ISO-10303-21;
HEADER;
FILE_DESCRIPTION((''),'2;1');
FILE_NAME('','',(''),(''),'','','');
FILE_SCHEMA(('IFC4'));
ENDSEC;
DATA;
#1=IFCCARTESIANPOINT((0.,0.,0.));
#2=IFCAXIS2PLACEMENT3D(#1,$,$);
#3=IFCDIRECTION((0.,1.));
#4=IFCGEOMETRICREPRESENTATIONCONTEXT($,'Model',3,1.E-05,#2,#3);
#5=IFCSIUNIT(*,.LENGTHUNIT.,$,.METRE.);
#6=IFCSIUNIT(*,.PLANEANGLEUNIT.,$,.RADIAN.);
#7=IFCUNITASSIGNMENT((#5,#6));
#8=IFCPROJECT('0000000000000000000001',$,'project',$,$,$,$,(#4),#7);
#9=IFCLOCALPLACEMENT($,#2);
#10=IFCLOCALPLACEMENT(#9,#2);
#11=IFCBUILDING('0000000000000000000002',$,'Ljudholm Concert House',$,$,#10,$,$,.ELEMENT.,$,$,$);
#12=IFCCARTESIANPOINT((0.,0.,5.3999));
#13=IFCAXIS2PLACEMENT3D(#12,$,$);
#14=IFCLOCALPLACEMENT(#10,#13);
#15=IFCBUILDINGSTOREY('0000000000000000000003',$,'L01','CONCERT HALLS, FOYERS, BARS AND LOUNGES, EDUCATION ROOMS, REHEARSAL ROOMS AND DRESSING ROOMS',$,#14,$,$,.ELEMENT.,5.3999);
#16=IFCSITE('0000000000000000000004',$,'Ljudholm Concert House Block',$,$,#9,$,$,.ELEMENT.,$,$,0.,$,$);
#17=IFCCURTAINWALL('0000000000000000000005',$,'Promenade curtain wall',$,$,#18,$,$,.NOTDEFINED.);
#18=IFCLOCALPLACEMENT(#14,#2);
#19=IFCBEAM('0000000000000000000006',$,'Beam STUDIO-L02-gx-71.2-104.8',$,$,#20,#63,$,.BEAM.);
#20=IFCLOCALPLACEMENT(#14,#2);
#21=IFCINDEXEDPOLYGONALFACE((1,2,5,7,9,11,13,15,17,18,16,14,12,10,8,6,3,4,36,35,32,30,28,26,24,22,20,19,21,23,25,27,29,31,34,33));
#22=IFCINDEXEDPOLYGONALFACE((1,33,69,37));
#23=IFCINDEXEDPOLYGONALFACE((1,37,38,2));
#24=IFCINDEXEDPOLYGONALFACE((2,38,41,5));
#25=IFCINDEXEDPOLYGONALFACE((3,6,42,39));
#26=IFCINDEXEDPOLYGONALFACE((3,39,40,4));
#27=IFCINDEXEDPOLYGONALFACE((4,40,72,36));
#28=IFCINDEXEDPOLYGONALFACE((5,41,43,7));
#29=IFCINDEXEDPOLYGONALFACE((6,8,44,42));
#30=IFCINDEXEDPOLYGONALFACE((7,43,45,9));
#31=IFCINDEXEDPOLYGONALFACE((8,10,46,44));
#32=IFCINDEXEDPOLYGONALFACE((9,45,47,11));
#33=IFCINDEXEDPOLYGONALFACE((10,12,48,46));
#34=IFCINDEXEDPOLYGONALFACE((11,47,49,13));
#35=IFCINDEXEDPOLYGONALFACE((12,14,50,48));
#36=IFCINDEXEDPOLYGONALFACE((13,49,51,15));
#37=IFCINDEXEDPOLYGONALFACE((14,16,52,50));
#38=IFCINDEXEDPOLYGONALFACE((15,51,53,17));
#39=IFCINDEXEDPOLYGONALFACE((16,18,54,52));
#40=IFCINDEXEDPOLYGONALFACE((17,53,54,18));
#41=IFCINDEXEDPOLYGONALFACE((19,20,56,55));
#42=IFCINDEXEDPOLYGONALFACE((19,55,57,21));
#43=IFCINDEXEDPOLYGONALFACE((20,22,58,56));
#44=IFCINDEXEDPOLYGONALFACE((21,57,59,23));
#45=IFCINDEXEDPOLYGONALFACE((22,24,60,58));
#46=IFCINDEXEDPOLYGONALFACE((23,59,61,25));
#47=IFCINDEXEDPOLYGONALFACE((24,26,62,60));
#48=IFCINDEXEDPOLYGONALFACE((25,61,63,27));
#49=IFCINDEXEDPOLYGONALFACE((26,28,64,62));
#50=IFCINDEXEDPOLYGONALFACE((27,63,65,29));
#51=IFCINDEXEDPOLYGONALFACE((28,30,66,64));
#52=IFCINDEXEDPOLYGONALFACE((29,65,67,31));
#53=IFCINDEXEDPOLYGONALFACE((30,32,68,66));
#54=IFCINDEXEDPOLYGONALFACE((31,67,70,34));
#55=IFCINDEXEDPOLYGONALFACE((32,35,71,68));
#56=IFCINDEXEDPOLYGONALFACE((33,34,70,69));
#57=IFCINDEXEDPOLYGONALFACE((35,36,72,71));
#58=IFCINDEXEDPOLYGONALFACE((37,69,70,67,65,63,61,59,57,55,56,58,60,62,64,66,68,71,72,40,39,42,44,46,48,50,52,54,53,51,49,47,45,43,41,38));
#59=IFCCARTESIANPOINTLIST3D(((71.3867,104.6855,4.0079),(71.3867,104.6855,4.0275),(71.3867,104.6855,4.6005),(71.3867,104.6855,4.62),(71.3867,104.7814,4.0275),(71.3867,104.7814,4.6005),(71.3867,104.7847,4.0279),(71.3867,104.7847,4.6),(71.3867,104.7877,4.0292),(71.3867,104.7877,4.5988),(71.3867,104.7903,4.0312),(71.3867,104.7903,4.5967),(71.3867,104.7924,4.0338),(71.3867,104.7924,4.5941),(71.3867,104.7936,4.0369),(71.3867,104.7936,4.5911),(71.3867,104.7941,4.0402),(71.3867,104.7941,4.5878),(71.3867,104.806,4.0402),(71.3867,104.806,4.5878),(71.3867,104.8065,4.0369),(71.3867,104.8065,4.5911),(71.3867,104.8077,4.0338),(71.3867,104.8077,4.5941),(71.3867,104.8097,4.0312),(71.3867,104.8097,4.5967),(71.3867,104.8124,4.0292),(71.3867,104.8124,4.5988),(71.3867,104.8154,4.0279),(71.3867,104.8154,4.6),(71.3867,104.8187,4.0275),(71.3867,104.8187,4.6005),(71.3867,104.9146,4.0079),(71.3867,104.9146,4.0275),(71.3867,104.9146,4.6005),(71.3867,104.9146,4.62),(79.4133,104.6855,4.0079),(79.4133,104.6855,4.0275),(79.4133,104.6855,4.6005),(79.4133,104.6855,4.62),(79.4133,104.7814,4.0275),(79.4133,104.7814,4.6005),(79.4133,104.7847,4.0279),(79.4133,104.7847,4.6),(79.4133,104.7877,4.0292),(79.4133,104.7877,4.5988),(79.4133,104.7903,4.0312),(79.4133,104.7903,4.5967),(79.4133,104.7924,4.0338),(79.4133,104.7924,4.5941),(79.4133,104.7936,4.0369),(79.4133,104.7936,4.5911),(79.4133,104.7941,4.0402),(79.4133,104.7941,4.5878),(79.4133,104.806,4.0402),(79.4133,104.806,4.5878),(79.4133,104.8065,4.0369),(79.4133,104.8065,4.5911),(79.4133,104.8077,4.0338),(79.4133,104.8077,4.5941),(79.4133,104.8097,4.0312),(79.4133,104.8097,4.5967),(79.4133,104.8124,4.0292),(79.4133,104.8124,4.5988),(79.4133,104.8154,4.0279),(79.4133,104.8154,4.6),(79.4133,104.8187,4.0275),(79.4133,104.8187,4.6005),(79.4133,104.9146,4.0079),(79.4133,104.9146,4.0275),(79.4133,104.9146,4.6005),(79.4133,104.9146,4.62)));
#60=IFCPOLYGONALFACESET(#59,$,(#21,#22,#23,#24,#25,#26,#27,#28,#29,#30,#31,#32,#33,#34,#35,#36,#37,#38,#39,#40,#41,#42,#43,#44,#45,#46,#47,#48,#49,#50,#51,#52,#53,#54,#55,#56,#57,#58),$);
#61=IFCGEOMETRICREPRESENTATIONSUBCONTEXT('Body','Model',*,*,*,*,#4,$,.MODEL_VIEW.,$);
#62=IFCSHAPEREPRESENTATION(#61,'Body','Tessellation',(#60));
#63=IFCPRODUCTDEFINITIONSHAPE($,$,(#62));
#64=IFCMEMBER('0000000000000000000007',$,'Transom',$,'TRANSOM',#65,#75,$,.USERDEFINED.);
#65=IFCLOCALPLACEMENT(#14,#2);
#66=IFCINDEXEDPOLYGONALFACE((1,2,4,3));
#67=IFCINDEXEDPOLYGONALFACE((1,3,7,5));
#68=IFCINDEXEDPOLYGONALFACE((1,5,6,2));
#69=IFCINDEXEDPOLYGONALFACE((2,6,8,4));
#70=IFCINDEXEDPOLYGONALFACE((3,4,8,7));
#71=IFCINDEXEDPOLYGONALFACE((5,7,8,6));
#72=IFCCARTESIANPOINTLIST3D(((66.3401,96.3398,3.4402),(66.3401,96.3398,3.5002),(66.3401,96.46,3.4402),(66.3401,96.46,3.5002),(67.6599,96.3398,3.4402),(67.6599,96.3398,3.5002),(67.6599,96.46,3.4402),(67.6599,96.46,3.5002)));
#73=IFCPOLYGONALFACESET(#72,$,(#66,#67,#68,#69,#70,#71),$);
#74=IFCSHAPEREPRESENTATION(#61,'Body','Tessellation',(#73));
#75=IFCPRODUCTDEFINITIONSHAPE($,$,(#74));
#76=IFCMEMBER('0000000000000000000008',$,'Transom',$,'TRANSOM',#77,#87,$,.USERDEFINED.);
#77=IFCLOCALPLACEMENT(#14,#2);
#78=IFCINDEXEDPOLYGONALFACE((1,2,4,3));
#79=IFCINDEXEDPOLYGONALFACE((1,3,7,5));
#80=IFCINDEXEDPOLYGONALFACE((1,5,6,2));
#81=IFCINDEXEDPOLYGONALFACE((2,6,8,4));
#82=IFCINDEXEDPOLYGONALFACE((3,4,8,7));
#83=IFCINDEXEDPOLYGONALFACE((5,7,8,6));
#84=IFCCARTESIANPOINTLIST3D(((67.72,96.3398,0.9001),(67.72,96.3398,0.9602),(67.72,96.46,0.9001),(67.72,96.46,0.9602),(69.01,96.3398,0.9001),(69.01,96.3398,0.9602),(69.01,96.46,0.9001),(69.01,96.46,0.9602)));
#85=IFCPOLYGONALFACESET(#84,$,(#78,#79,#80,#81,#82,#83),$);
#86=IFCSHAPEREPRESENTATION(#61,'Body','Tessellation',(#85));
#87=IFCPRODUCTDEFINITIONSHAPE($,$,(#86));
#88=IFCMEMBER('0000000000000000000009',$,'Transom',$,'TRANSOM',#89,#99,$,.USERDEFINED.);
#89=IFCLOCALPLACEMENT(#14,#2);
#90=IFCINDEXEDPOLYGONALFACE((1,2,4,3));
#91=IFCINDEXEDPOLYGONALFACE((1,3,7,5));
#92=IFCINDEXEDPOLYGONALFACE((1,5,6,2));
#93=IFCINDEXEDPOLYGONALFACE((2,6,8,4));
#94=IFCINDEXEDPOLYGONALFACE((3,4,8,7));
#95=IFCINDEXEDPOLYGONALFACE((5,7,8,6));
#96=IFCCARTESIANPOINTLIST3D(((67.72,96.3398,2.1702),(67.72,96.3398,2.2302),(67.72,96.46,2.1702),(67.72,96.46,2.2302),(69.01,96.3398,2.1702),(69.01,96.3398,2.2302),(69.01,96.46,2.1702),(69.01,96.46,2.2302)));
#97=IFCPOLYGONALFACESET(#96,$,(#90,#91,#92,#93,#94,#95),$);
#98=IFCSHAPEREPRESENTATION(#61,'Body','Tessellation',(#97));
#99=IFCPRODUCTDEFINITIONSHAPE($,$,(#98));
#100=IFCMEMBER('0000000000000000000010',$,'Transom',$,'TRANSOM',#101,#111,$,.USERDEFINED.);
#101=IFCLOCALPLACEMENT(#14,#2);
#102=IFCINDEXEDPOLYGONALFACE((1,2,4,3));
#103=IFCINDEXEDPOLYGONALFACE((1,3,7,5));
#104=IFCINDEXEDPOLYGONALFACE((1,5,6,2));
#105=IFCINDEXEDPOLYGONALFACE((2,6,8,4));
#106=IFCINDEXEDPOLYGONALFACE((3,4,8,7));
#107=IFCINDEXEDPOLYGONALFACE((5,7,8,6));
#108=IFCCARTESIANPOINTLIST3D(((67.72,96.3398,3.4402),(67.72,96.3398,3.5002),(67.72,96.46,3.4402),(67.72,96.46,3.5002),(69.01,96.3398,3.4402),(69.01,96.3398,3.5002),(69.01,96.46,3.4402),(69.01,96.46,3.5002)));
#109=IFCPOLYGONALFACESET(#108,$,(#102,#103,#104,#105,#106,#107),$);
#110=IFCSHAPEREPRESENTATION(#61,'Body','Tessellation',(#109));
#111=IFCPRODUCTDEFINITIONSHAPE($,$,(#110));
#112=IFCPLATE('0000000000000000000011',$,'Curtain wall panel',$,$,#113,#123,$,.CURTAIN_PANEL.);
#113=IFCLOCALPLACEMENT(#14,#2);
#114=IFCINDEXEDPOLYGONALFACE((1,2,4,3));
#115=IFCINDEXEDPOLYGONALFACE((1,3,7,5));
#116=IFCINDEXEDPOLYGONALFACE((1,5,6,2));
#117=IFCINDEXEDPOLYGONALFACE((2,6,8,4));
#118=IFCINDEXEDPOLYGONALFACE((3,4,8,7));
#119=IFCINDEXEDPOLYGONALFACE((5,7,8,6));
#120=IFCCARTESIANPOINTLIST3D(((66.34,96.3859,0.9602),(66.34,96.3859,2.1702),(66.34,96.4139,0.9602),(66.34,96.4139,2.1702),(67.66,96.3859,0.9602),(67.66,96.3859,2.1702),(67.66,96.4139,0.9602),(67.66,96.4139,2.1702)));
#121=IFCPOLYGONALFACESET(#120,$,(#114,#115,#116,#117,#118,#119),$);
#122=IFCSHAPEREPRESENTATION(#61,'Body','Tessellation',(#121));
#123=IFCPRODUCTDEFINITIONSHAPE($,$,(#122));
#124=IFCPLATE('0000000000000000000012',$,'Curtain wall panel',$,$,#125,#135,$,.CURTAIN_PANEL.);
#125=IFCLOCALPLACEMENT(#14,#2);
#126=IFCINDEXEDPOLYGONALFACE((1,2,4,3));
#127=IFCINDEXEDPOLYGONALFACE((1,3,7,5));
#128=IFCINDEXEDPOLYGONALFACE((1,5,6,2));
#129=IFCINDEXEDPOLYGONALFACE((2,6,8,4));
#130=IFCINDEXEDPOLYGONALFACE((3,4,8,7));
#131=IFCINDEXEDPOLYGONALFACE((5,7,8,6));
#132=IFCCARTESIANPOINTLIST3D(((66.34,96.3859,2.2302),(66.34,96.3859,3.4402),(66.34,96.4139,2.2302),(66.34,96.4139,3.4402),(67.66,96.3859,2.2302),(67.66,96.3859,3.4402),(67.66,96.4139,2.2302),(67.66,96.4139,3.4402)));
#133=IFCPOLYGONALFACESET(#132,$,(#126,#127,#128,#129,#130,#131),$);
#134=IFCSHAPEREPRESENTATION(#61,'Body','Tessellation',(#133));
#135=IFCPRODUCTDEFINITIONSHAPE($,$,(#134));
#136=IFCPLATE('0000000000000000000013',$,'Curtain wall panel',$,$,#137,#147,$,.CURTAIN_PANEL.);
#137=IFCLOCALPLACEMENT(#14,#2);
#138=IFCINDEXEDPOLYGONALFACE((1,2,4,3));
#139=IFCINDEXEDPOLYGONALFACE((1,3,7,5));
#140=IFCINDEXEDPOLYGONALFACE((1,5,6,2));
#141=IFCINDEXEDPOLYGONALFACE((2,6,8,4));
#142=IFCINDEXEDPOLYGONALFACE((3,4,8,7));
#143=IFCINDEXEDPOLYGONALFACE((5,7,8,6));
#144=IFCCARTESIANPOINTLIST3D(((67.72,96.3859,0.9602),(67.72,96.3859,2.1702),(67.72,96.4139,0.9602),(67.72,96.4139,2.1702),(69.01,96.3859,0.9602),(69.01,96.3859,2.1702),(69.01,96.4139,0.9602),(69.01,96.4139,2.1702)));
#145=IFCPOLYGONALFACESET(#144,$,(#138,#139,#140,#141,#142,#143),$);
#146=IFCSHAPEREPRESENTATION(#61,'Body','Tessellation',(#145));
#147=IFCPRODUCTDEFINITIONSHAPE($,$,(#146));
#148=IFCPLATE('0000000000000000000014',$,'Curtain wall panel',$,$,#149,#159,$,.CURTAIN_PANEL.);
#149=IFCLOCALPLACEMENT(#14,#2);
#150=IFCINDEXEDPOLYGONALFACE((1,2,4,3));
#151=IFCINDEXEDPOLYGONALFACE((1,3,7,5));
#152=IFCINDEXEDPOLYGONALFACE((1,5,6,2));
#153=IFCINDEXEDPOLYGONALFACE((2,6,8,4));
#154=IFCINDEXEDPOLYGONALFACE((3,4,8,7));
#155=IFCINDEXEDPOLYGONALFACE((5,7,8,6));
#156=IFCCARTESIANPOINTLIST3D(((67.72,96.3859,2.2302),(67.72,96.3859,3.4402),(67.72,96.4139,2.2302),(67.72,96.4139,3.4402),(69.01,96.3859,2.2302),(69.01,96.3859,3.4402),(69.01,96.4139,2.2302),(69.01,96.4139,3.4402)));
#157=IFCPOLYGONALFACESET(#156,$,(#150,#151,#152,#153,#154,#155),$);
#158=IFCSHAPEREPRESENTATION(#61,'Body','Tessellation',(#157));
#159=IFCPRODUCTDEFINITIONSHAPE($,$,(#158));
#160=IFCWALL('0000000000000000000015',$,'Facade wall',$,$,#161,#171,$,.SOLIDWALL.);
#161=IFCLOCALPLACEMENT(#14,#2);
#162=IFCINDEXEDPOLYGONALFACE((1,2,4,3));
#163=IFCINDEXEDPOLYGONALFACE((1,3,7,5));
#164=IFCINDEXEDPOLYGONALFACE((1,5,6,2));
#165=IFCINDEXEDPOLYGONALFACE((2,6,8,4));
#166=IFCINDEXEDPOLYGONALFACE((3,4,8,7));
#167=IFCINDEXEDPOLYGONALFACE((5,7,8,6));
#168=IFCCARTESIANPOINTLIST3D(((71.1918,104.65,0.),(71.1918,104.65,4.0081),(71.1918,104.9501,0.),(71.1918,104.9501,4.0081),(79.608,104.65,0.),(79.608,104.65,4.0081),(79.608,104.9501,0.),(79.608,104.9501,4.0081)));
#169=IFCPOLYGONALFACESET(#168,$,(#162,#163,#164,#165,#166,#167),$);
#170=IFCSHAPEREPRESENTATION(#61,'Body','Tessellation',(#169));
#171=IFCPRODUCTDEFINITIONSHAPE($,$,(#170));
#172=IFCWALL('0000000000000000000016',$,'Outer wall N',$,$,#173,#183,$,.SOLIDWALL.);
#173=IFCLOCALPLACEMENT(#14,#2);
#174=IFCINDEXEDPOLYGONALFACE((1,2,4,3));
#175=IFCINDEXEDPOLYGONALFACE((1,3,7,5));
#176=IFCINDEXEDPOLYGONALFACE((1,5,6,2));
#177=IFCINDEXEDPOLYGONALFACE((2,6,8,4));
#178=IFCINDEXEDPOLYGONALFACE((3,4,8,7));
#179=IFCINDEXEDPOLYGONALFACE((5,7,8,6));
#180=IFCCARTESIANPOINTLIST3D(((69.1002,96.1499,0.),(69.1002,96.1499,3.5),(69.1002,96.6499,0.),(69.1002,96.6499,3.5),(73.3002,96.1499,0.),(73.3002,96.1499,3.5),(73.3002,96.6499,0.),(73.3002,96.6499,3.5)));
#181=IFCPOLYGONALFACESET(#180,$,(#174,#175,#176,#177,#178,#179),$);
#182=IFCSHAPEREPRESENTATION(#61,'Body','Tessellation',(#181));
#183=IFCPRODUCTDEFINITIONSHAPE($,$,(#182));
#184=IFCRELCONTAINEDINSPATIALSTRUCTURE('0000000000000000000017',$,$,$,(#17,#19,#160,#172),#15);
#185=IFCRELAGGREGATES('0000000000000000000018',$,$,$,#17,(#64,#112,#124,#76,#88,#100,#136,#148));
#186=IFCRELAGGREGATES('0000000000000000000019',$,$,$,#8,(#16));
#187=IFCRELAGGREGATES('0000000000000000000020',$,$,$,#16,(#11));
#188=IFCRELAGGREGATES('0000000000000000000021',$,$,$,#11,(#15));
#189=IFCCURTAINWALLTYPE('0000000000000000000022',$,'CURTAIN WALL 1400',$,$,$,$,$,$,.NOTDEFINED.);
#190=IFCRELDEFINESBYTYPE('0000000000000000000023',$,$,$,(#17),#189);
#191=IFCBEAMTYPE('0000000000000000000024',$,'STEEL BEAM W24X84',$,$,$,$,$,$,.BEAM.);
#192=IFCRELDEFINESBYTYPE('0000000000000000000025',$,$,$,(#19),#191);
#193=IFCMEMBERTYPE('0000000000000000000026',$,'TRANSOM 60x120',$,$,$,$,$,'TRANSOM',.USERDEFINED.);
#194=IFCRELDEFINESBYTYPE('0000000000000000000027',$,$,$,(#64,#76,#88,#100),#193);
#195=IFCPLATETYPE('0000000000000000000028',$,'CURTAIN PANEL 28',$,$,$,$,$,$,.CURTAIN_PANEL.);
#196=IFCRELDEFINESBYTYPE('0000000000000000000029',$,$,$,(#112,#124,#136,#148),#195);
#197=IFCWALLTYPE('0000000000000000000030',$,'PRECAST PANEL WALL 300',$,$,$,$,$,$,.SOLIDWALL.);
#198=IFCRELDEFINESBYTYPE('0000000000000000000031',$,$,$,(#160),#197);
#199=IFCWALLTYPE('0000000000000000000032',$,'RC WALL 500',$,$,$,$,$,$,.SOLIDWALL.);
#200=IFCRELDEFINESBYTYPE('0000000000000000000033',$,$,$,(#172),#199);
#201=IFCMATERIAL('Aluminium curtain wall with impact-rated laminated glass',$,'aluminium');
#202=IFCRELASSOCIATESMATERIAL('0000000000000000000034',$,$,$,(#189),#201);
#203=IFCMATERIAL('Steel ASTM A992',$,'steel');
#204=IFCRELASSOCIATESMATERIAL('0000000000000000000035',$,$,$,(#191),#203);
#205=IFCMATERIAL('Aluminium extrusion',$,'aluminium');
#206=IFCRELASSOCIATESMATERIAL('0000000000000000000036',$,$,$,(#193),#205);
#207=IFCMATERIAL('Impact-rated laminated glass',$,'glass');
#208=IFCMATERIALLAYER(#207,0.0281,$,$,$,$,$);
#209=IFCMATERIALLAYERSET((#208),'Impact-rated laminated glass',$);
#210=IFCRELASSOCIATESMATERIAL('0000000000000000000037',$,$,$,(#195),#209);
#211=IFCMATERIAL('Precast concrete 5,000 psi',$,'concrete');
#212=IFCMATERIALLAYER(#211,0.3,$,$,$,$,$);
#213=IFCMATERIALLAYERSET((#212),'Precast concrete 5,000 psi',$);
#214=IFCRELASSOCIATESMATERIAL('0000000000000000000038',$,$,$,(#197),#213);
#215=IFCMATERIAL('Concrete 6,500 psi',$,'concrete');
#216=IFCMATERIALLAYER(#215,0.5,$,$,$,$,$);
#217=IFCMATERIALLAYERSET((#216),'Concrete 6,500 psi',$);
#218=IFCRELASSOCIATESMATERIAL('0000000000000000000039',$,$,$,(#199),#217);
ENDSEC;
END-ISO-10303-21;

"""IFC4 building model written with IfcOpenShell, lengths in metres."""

from ifc_helpers import new_model, si_unit, direction, frame, frame_2d, origin, origin_2d, place, context, subcontext, project, spatial, rectangle, i_section, extrude, material, layer, layer_set, material_profile, profile_set, type_object, element, aggregate, save


model = new_model("IFC4")

# Units and contexts
model_context = context("Model", 3, precision=1e-05, world=origin(), true_north=direction((0.0, 1.0)))
body_context = subcontext(model_context, "Body", "Model", "MODEL_VIEW")
ifc_project = project(units=[si_unit("LENGTHUNIT", "METRE"), si_unit("PLANEANGLEUNIT", "RADIAN")], contexts=[model_context])

# Site, building, storey
site_placement = place(None, origin())
site = spatial("IfcSite", under=ifc_project, at=site_placement, Name="Ljudholm Concert House Block", CompositionType="ELEMENT", RefElevation=0.0)
building_placement = place(site_placement, origin())
building = spatial("IfcBuilding", under=site, at=building_placement, Name="Ljudholm Concert House", CompositionType="ELEMENT")
storey_placement = place(building_placement, frame((0.0, 0.0, 5.3999)))
storey = spatial("IfcBuildingStorey", under=building, at=storey_placement, Name="L01", Description="CONCERT HALLS, FOYERS, BARS AND LOUNGES, EDUCATION ROOMS, REHEARSAL ROOMS AND DRESSING ROOMS", CompositionType="ELEMENT", Elevation=5.3999)

# Curtain wall
ifc_material_1 = material(Name="Aluminium curtain wall with impact-rated laminated glass", Category="aluminium")
curtain_wall_type = type_object("IfcCurtainWallType", Name="CURTAIN WALL 1400", PredefinedType="NOTDEFINED", material=ifc_material_1)
curtain_wall_1_placement = place(storey_placement, origin())
curtain_wall_1 = element("IfcCurtainWall", 1, at=curtain_wall_1_placement, inside=storey, type_object=curtain_wall_type, Name="Promenade curtain wall", PredefinedType="NOTDEFINED")

# Beam
ifc_material_2 = material(Name="Steel ASTM A992", Category="steel")
ifc_material_profile_1 = material_profile(ifc_material_2, i_section(OverallWidth=0.229, OverallDepth=0.6121, WebThickness=0.012, FlangeThickness=0.0195, FilletRadius=0.0127, at=origin_2d()), Name="W24X84")
ifc_profile_set_1 = profile_set([ifc_material_profile_1], Name="Steel ASTM A992")
beam_type_1 = type_object("IfcBeamType", Name="STEEL BEAM W24X84", PredefinedType="BEAM", material=ifc_profile_set_1)
beam_1_placement = place(storey_placement, frame((71.3867, 104.8, 4.314), z_axis=(1.0, 0.0, 0.0), x_axis=(0.0, 1.0, 0.0)))
element("IfcBeam", 2, at=beam_1_placement, inside=storey, type_object=beam_type_1, Name="Beam STUDIO-L02-gx-71.2-104.8", PredefinedType="BEAM", context=body_context, shape_type="SweptSolid", body=[
    extrude(i_section(OverallWidth=0.229, OverallDepth=0.6121, WebThickness=0.012, FlangeThickness=0.0195, FilletRadius=0.0127, at=origin_2d()), origin(), (0.0, 0.0, 1.0), 8.0266),
])

# Members
ifc_material_3 = material(Name="Aluminium extrusion", Category="aluminium")
ifc_material_profile_2 = material_profile(ifc_material_3, rectangle(XDim=0.1201, YDim=0.0601, at=origin_2d()), Name="TRANSOM 60x120")
ifc_profile_set_2 = profile_set([ifc_material_profile_2], Name="Aluminium extrusion")
member_type_1 = type_object("IfcMemberType", Name="TRANSOM 60x120", ElementType="TRANSOM", PredefinedType="USERDEFINED", material=ifc_profile_set_2)
member_1_placement = place(storey_placement, frame((66.3401, 96.3999, 3.4702), z_axis=(1.0, 0.0, 0.0), x_axis=(0.0, 1.0, 0.0)))
member_1 = element("IfcMember", 3, at=member_1_placement, type_object=member_type_1, Name="Transom", ObjectType="TRANSOM", PredefinedType="USERDEFINED", context=body_context, shape_type="SweptSolid", body=[
    extrude(rectangle(XDim=0.1201, YDim=0.0601, at=origin_2d()), origin(), (0.0, 0.0, 1.0), 1.3198),
])
member_2_placement = place(storey_placement, frame((67.72, 96.3999, 0.9302), z_axis=(1.0, 0.0, 0.0), x_axis=(0.0, 1.0, 0.0)))
member_2 = element("IfcMember", 4, at=member_2_placement, type_object=member_type_1, Name="Transom", ObjectType="TRANSOM", PredefinedType="USERDEFINED", context=body_context, shape_type="SweptSolid", body=[
    extrude(rectangle(XDim=0.1201, YDim=0.0601, at=origin_2d()), origin(), (0.0, 0.0, 1.0), 1.29),
])
member_3_placement = place(storey_placement, frame((67.72, 96.3999, 2.2002), z_axis=(1.0, 0.0, 0.0), x_axis=(0.0, 1.0, 0.0)))
member_3 = element("IfcMember", 5, at=member_3_placement, type_object=member_type_1, Name="Transom", ObjectType="TRANSOM", PredefinedType="USERDEFINED", context=body_context, shape_type="SweptSolid", body=[
    extrude(rectangle(XDim=0.1201, YDim=0.0601, at=origin_2d()), origin(), (0.0, 0.0, 1.0), 1.29),
])
member_4_placement = place(storey_placement, frame((67.72, 96.3999, 3.4702), z_axis=(1.0, 0.0, 0.0), x_axis=(0.0, 1.0, 0.0)))
member_4 = element("IfcMember", 6, at=member_4_placement, type_object=member_type_1, Name="Transom", ObjectType="TRANSOM", PredefinedType="USERDEFINED", context=body_context, shape_type="SweptSolid", body=[
    extrude(rectangle(XDim=0.1201, YDim=0.0601, at=origin_2d()), origin(), (0.0, 0.0, 1.0), 1.29),
])

# Plates
ifc_material_4 = material(Name="Impact-rated laminated glass", Category="glass")
ifc_layer_1 = layer(ifc_material_4, 0.0281)
ifc_layer_set_1 = layer_set([ifc_layer_1], Name="Impact-rated laminated glass")
plate_type = type_object("IfcPlateType", Name="CURTAIN PANEL 28", PredefinedType="CURTAIN_PANEL", material=ifc_layer_set_1)
plate_1_placement = place(storey_placement, frame((67.0, 96.3999, 0.9602), z_axis=(0.0, 0.0, 1.0), x_axis=(1.0, 0.0, 0.0)))
plate_1 = element("IfcPlate", 7, at=plate_1_placement, type_object=plate_type, Name="Curtain wall panel", PredefinedType="CURTAIN_PANEL", context=body_context, shape_type="SweptSolid", body=[
    extrude(rectangle(XDim=1.3201, YDim=0.0281, at=origin_2d()), origin(), (0.0, 0.0, 1.0), 1.21),
])
plate_2_placement = place(storey_placement, frame((67.0, 96.3999, 2.2302), z_axis=(0.0, 0.0, 1.0), x_axis=(1.0, 0.0, 0.0)))
plate_2 = element("IfcPlate", 8, at=plate_2_placement, type_object=plate_type, Name="Curtain wall panel", PredefinedType="CURTAIN_PANEL", context=body_context, shape_type="SweptSolid", body=[
    extrude(rectangle(XDim=1.3201, YDim=0.0281, at=origin_2d()), origin(), (0.0, 0.0, 1.0), 1.21),
])
plate_3_placement = place(storey_placement, frame((68.365, 96.3999, 0.9602), z_axis=(0.0, 0.0, 1.0), x_axis=(1.0, 0.0, 0.0)))
plate_3 = element("IfcPlate", 9, at=plate_3_placement, type_object=plate_type, Name="Curtain wall panel", PredefinedType="CURTAIN_PANEL", context=body_context, shape_type="SweptSolid", body=[
    extrude(rectangle(XDim=1.29, YDim=0.0281, at=origin_2d()), origin(), (0.0, 0.0, 1.0), 1.21),
])
plate_4_placement = place(storey_placement, frame((68.365, 96.3999, 2.2302), z_axis=(0.0, 0.0, 1.0), x_axis=(1.0, 0.0, 0.0)))
plate_4 = element("IfcPlate", 10, at=plate_4_placement, type_object=plate_type, Name="Curtain wall panel", PredefinedType="CURTAIN_PANEL", context=body_context, shape_type="SweptSolid", body=[
    extrude(rectangle(XDim=1.29, YDim=0.0281, at=origin_2d()), origin(), (0.0, 0.0, 1.0), 1.21),
])
aggregate(curtain_wall_1, [member_1, plate_1, plate_2, member_2, member_3, member_4, plate_3, plate_4])

# Walls
ifc_material_5 = material(Name="Precast concrete 5,000 psi", Category="concrete")
ifc_layer_2 = layer(ifc_material_5, 0.3)
ifc_layer_set_2 = layer_set([ifc_layer_2], Name="Precast concrete 5,000 psi")
wall_type_1 = type_object("IfcWallType", Name="PRECAST PANEL WALL 300", PredefinedType="SOLIDWALL", material=ifc_layer_set_2)
wall_1_placement = place(storey_placement, frame((71.1919, 104.8, 0.0), z_axis=(0.0, 0.0, 1.0), x_axis=(1.0, 0.0, 0.0)))
element("IfcWall", 11, at=wall_1_placement, inside=storey, type_object=wall_type_1, Name="Facade wall", PredefinedType="SOLIDWALL", context=body_context, shape_type="SweptSolid", body=[
    extrude(rectangle(XDim=8.4163, YDim=0.3, at=frame_2d((4.208, 0.0))), origin(), (0.0, 0.0, 1.0), 4.0081),
])
ifc_material_6 = material(Name="Concrete 6,500 psi", Category="concrete")
ifc_layer_3 = layer(ifc_material_6, 0.5)
ifc_layer_set_3 = layer_set([ifc_layer_3], Name="Concrete 6,500 psi")
wall_type_2 = type_object("IfcWallType", Name="RC WALL 500", PredefinedType="SOLIDWALL", material=ifc_layer_set_3)
wall_2_placement = place(storey_placement, frame((69.1001, 96.3999, 0.0), z_axis=(0.0, 0.0, 1.0), x_axis=(1.0, 0.0, 0.0)))
element("IfcWall", 12, at=wall_2_placement, inside=storey, type_object=wall_type_2, Name="Outer wall N", PredefinedType="SOLIDWALL", context=body_context, shape_type="SweptSolid", body=[
    extrude(rectangle(XDim=4.2, YDim=0.5, at=frame_2d((2.1001, 0.0))), origin(), (0.0, 0.0, 1.0), 3.5),
])

save(model, "model.ifc")
